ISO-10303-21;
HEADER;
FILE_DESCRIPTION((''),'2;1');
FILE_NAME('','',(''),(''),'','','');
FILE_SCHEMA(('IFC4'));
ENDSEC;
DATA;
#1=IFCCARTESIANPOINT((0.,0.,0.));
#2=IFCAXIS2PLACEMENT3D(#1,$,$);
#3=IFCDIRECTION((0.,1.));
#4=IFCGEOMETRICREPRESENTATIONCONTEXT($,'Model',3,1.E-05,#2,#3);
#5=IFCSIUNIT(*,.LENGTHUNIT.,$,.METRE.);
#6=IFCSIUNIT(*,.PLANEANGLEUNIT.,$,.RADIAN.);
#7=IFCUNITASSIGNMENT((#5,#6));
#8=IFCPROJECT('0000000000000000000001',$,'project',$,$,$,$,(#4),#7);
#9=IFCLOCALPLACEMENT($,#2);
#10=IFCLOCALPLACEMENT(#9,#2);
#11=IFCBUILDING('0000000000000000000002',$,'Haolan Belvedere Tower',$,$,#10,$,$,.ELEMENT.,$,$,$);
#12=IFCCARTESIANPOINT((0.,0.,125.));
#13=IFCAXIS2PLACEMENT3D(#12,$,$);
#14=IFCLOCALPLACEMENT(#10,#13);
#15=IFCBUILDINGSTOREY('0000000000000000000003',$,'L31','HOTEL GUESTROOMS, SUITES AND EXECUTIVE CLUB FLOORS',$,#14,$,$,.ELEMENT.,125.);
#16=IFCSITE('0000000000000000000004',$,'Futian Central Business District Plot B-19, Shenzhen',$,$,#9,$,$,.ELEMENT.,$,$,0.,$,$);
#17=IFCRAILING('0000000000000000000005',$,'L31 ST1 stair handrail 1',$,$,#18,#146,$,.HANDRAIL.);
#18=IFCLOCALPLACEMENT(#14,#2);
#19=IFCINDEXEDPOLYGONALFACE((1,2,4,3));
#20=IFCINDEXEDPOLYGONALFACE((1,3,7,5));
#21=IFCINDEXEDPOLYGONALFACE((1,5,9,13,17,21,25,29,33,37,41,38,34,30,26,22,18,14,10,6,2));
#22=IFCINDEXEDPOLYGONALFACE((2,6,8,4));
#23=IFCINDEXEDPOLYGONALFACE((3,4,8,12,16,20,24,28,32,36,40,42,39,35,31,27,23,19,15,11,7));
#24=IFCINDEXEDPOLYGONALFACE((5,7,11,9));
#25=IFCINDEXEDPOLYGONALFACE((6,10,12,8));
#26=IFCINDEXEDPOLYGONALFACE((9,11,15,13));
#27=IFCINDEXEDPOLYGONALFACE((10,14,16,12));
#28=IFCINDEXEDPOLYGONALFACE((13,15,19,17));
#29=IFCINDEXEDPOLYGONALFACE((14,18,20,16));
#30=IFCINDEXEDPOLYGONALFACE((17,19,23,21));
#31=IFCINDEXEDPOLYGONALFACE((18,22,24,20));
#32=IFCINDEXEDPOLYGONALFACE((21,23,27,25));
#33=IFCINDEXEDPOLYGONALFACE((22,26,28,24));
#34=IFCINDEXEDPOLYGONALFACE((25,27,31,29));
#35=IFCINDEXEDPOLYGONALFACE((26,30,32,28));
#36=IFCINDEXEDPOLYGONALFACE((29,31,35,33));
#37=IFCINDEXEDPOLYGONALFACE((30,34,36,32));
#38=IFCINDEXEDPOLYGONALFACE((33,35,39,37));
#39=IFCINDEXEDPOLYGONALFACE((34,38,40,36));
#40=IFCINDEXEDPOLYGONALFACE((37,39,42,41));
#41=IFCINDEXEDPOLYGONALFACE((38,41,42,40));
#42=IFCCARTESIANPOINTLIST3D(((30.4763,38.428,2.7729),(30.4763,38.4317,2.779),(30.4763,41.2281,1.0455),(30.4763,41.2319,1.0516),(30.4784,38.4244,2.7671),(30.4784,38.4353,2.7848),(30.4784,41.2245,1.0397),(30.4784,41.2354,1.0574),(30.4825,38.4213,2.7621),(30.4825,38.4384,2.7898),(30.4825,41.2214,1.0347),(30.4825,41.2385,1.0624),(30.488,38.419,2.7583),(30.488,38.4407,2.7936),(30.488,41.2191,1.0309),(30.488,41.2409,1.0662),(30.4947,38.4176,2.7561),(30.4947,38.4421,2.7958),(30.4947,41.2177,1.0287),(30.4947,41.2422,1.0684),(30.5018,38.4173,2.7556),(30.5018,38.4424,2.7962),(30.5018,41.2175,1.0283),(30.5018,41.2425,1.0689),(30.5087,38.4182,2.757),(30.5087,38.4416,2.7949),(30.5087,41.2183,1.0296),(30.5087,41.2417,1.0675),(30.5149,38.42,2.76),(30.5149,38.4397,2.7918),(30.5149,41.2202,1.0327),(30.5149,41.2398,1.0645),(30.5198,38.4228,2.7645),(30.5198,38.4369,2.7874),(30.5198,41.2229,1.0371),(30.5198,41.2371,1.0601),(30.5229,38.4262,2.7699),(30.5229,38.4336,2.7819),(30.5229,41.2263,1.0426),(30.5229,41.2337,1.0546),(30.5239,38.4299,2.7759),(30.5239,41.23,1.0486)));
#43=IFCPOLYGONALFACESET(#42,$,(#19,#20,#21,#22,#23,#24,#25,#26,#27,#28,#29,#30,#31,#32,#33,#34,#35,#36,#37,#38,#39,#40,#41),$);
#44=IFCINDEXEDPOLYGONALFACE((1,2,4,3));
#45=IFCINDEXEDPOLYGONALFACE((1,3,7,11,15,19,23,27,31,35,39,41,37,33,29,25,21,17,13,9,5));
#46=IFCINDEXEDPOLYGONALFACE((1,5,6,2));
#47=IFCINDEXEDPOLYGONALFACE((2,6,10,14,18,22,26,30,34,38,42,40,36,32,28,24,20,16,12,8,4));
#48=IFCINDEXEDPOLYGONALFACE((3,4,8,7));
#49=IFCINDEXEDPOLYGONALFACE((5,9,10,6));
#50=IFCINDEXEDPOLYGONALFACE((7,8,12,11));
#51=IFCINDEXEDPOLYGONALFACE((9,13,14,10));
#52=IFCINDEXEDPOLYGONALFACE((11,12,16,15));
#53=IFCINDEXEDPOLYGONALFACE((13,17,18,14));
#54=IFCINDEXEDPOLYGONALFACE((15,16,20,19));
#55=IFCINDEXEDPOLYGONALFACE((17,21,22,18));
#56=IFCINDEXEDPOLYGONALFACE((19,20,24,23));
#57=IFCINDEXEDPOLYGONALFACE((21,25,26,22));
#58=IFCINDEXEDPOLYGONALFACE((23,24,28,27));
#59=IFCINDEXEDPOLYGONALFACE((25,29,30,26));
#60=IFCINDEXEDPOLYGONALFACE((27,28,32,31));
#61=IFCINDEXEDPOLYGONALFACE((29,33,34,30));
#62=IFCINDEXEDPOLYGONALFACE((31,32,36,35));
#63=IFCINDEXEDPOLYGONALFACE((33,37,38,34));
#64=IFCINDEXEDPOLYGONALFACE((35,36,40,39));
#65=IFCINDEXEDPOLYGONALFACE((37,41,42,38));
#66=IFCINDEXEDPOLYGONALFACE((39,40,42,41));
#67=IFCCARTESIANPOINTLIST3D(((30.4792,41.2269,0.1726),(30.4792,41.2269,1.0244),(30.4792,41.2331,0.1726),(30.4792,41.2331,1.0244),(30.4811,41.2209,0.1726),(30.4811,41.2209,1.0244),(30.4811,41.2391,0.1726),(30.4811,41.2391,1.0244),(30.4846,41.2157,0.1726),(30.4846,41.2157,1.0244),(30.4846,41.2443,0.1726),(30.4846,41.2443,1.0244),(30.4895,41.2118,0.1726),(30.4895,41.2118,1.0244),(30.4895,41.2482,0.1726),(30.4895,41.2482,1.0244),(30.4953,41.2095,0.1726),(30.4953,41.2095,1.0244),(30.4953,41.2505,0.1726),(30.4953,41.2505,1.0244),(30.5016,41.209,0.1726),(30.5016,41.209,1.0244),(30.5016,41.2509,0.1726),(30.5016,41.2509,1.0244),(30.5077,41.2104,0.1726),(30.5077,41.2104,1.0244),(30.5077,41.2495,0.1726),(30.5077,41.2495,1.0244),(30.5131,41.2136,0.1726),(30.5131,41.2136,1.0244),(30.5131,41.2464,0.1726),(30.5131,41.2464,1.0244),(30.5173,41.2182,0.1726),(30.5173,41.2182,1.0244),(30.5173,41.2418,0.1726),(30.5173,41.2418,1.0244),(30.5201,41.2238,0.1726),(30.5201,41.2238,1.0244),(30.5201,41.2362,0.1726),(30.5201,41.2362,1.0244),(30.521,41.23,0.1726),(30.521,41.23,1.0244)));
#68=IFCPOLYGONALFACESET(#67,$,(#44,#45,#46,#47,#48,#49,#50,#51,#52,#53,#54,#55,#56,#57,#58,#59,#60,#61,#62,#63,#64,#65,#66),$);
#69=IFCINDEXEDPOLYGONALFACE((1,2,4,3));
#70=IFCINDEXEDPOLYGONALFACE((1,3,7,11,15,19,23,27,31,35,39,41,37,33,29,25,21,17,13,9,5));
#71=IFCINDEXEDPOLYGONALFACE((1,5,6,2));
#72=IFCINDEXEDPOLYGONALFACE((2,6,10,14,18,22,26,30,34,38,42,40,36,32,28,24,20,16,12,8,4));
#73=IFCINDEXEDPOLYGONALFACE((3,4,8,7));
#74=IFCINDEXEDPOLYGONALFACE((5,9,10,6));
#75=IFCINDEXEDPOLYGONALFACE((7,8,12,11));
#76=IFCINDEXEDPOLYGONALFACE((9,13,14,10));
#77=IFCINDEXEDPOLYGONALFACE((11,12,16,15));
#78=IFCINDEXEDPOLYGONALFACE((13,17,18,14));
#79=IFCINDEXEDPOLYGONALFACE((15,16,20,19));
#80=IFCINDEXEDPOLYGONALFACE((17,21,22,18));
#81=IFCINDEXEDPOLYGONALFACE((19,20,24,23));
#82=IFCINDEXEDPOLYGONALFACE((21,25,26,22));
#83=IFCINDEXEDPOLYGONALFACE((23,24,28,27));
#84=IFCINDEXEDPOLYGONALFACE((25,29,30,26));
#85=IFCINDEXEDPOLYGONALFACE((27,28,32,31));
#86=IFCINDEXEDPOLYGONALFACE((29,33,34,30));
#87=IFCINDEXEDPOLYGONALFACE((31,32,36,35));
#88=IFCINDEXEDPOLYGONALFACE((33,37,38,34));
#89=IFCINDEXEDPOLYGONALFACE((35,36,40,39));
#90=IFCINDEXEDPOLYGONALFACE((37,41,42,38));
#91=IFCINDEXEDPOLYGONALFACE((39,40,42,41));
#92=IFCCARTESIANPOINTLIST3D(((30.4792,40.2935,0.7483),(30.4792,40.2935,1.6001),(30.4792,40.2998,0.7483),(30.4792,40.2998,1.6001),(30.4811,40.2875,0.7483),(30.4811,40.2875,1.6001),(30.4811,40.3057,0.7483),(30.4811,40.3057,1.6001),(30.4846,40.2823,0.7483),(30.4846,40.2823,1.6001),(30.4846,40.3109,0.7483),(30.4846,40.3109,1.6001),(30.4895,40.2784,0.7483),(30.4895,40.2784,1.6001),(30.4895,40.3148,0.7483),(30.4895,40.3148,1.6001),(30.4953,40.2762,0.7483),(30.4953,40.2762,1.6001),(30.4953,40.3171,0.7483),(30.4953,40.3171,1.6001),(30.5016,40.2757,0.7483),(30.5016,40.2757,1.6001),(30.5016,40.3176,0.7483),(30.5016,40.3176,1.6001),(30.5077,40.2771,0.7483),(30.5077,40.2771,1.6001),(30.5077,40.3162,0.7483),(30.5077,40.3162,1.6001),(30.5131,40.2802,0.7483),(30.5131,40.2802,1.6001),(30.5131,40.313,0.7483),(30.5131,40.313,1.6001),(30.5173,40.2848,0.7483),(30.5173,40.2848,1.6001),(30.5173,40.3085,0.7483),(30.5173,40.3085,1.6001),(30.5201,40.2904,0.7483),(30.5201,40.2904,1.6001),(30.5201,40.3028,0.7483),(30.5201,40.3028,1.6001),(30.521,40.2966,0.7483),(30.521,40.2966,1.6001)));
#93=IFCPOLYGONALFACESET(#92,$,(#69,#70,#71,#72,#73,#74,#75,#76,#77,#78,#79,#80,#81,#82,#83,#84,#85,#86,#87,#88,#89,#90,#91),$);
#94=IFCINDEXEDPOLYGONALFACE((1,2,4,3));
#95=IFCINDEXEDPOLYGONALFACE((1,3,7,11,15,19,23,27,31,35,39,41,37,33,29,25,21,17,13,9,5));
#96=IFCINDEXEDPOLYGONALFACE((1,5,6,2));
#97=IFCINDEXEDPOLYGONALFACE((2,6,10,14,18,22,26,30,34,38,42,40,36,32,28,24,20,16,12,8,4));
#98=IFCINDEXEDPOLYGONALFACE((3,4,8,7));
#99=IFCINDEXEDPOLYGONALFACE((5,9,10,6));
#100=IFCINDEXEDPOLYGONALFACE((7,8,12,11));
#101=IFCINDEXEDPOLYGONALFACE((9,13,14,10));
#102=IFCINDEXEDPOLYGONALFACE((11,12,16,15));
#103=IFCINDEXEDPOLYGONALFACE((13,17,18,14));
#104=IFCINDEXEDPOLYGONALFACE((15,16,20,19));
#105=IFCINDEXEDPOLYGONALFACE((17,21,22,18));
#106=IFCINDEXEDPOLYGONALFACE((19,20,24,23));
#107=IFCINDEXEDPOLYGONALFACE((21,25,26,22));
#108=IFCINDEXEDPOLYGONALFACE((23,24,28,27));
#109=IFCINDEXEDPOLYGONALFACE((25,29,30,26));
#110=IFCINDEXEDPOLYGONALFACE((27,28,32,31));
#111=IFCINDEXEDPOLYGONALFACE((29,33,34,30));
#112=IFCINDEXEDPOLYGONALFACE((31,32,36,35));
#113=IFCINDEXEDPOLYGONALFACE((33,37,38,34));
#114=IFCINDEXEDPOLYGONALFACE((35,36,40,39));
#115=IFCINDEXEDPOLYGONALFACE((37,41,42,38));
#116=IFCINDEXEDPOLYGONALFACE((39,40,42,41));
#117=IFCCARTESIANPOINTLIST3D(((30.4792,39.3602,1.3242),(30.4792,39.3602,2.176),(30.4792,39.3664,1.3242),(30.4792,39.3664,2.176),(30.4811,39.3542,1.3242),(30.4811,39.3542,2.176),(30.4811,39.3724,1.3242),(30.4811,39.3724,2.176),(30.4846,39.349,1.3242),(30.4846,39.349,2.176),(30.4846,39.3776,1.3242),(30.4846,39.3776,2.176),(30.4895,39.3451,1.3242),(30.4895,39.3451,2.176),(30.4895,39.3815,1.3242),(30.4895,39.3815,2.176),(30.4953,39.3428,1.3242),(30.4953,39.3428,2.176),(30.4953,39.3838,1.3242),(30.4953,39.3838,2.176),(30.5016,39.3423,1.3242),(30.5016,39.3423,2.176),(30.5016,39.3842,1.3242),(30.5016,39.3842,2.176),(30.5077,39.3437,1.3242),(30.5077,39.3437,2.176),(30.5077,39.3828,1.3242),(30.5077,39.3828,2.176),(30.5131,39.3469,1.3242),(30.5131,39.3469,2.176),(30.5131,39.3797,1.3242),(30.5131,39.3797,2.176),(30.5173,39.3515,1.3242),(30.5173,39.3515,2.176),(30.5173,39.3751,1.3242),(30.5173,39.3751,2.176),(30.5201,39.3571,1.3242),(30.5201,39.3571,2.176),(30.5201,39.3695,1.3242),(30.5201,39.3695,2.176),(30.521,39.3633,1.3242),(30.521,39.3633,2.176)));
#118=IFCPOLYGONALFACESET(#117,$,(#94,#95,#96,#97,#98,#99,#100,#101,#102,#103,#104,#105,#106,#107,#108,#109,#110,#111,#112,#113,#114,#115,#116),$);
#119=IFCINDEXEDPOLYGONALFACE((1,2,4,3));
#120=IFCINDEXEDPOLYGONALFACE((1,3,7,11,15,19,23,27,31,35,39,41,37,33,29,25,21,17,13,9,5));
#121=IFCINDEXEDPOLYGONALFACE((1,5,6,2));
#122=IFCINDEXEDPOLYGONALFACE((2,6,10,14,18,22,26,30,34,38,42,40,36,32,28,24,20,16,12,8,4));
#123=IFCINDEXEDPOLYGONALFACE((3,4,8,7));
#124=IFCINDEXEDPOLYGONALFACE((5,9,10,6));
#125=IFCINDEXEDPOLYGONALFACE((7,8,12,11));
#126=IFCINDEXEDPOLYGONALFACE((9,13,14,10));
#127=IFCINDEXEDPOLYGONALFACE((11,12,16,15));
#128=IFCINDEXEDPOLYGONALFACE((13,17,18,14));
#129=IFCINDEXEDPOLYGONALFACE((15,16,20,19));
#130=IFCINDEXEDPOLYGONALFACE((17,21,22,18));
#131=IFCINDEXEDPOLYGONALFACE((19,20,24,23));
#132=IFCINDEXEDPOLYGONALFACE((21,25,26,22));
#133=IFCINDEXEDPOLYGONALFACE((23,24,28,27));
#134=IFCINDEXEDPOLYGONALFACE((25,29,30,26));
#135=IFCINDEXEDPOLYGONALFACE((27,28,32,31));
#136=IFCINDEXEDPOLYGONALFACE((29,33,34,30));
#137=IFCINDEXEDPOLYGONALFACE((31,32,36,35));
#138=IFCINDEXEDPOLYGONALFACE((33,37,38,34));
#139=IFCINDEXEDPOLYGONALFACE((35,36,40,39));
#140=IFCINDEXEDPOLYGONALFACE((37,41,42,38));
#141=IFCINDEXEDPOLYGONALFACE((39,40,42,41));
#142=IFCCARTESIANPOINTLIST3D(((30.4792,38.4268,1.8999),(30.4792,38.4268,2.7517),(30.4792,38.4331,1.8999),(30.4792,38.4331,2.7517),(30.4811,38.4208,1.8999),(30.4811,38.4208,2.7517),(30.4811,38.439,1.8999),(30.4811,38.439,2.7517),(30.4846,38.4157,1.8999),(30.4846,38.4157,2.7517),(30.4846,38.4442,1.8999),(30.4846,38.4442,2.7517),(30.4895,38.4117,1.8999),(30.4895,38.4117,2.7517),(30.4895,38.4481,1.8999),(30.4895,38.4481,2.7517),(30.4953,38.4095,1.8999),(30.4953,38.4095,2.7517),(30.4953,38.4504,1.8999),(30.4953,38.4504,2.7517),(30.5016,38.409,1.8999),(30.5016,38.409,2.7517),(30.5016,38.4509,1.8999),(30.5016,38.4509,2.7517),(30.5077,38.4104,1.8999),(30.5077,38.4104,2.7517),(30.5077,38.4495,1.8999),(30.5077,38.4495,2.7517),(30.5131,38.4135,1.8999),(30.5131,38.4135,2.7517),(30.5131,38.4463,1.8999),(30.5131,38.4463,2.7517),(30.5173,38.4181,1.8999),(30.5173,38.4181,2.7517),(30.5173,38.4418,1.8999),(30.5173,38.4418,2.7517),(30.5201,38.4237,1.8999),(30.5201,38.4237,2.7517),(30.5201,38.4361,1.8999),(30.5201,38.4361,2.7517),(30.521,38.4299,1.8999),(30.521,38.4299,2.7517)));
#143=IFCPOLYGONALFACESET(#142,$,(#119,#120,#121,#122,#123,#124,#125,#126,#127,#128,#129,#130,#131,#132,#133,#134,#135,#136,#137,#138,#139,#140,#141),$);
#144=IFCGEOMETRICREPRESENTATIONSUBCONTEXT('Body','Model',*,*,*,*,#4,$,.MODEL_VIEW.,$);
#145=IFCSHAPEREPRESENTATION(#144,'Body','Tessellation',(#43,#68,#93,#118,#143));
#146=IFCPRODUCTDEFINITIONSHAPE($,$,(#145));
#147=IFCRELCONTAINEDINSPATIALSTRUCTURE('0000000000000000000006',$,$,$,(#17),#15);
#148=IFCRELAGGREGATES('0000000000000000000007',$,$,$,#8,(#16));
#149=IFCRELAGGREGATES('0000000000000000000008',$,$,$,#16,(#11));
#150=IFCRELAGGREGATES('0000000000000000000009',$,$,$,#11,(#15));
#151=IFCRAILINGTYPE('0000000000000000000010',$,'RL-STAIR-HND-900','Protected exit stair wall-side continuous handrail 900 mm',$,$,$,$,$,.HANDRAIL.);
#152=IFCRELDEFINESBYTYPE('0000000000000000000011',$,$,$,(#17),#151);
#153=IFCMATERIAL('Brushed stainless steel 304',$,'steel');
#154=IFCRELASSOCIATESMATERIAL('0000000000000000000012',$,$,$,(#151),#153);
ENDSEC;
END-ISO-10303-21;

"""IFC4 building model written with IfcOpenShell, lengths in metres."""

from ifc_helpers import new_model, si_unit, direction, frame, origin, origin_2d, place, context, subcontext, project, spatial, circle, extrude, material, type_object, element, save


model = new_model("IFC4")

# Units and contexts
model_context = context("Model", 3, precision=1e-05, world=origin(), true_north=direction((0.0, 1.0)))
body_context = subcontext(model_context, "Body", "Model", "MODEL_VIEW")
ifc_project = project(units=[si_unit("LENGTHUNIT", "METRE"), si_unit("PLANEANGLEUNIT", "RADIAN")], contexts=[model_context])

# Site, building, storey
site_placement = place(None, origin())
site = spatial("IfcSite", under=ifc_project, at=site_placement, Name="Futian Central Business District Plot B-19, Shenzhen", CompositionType="ELEMENT", RefElevation=0.0)
building_placement = place(site_placement, origin())
building = spatial("IfcBuilding", under=site, at=building_placement, Name="Haolan Belvedere Tower", CompositionType="ELEMENT")
storey_placement = place(building_placement, frame((0.0, 0.0, 125.0)))
storey = spatial("IfcBuildingStorey", under=building, at=storey_placement, Name="L31", Description="HOTEL GUESTROOMS, SUITES AND EXECUTIVE CLUB FLOORS", CompositionType="ELEMENT", Elevation=125.0)

# Railing
ifc_material_1 = material(Name="Brushed stainless steel 304", Category="steel")
railing_type_1 = type_object("IfcRailingType", Name="RL-STAIR-HND-900", Description="Protected exit stair wall-side continuous handrail 900 mm", PredefinedType="HANDRAIL", material=ifc_material_1)
railing_1_placement = place(storey_placement, frame((30.5, 41.23, 0.1726)))
element("IfcRailing", 1, at=railing_1_placement, inside=storey, type_object=railing_type_1, Name="L31 ST1 stair handrail 1", PredefinedType="HANDRAIL", context=body_context, shape_type="SweptSolid", body=[
    extrude(circle(Radius=0.0239, at=origin_2d()), frame((0.0, 0.0, 0.876), z_axis=(0.0, -0.85109, 0.52502), x_axis=(1.0, 0.0, 0.0)), (0.0, 0.0, 1.0), 3.29),
    extrude(circle(Radius=0.021, at=origin_2d()), origin(), (0.0, 0.0, 1.0), 0.8518),
    extrude(circle(Radius=0.021, at=origin_2d()), frame((0.0, -0.9333, 0.5757)), (0.0, 0.0, 1.0), 0.8518),
    extrude(circle(Radius=0.021, at=origin_2d()), frame((0.0, -1.8667, 1.1516)), (0.0, 0.0, 1.0), 0.8518),
    extrude(circle(Radius=0.021, at=origin_2d()), frame((0.0, -2.8, 1.7273)), (0.0, 0.0, 1.0), 0.8518),
])

save(model, "model.ifc")
